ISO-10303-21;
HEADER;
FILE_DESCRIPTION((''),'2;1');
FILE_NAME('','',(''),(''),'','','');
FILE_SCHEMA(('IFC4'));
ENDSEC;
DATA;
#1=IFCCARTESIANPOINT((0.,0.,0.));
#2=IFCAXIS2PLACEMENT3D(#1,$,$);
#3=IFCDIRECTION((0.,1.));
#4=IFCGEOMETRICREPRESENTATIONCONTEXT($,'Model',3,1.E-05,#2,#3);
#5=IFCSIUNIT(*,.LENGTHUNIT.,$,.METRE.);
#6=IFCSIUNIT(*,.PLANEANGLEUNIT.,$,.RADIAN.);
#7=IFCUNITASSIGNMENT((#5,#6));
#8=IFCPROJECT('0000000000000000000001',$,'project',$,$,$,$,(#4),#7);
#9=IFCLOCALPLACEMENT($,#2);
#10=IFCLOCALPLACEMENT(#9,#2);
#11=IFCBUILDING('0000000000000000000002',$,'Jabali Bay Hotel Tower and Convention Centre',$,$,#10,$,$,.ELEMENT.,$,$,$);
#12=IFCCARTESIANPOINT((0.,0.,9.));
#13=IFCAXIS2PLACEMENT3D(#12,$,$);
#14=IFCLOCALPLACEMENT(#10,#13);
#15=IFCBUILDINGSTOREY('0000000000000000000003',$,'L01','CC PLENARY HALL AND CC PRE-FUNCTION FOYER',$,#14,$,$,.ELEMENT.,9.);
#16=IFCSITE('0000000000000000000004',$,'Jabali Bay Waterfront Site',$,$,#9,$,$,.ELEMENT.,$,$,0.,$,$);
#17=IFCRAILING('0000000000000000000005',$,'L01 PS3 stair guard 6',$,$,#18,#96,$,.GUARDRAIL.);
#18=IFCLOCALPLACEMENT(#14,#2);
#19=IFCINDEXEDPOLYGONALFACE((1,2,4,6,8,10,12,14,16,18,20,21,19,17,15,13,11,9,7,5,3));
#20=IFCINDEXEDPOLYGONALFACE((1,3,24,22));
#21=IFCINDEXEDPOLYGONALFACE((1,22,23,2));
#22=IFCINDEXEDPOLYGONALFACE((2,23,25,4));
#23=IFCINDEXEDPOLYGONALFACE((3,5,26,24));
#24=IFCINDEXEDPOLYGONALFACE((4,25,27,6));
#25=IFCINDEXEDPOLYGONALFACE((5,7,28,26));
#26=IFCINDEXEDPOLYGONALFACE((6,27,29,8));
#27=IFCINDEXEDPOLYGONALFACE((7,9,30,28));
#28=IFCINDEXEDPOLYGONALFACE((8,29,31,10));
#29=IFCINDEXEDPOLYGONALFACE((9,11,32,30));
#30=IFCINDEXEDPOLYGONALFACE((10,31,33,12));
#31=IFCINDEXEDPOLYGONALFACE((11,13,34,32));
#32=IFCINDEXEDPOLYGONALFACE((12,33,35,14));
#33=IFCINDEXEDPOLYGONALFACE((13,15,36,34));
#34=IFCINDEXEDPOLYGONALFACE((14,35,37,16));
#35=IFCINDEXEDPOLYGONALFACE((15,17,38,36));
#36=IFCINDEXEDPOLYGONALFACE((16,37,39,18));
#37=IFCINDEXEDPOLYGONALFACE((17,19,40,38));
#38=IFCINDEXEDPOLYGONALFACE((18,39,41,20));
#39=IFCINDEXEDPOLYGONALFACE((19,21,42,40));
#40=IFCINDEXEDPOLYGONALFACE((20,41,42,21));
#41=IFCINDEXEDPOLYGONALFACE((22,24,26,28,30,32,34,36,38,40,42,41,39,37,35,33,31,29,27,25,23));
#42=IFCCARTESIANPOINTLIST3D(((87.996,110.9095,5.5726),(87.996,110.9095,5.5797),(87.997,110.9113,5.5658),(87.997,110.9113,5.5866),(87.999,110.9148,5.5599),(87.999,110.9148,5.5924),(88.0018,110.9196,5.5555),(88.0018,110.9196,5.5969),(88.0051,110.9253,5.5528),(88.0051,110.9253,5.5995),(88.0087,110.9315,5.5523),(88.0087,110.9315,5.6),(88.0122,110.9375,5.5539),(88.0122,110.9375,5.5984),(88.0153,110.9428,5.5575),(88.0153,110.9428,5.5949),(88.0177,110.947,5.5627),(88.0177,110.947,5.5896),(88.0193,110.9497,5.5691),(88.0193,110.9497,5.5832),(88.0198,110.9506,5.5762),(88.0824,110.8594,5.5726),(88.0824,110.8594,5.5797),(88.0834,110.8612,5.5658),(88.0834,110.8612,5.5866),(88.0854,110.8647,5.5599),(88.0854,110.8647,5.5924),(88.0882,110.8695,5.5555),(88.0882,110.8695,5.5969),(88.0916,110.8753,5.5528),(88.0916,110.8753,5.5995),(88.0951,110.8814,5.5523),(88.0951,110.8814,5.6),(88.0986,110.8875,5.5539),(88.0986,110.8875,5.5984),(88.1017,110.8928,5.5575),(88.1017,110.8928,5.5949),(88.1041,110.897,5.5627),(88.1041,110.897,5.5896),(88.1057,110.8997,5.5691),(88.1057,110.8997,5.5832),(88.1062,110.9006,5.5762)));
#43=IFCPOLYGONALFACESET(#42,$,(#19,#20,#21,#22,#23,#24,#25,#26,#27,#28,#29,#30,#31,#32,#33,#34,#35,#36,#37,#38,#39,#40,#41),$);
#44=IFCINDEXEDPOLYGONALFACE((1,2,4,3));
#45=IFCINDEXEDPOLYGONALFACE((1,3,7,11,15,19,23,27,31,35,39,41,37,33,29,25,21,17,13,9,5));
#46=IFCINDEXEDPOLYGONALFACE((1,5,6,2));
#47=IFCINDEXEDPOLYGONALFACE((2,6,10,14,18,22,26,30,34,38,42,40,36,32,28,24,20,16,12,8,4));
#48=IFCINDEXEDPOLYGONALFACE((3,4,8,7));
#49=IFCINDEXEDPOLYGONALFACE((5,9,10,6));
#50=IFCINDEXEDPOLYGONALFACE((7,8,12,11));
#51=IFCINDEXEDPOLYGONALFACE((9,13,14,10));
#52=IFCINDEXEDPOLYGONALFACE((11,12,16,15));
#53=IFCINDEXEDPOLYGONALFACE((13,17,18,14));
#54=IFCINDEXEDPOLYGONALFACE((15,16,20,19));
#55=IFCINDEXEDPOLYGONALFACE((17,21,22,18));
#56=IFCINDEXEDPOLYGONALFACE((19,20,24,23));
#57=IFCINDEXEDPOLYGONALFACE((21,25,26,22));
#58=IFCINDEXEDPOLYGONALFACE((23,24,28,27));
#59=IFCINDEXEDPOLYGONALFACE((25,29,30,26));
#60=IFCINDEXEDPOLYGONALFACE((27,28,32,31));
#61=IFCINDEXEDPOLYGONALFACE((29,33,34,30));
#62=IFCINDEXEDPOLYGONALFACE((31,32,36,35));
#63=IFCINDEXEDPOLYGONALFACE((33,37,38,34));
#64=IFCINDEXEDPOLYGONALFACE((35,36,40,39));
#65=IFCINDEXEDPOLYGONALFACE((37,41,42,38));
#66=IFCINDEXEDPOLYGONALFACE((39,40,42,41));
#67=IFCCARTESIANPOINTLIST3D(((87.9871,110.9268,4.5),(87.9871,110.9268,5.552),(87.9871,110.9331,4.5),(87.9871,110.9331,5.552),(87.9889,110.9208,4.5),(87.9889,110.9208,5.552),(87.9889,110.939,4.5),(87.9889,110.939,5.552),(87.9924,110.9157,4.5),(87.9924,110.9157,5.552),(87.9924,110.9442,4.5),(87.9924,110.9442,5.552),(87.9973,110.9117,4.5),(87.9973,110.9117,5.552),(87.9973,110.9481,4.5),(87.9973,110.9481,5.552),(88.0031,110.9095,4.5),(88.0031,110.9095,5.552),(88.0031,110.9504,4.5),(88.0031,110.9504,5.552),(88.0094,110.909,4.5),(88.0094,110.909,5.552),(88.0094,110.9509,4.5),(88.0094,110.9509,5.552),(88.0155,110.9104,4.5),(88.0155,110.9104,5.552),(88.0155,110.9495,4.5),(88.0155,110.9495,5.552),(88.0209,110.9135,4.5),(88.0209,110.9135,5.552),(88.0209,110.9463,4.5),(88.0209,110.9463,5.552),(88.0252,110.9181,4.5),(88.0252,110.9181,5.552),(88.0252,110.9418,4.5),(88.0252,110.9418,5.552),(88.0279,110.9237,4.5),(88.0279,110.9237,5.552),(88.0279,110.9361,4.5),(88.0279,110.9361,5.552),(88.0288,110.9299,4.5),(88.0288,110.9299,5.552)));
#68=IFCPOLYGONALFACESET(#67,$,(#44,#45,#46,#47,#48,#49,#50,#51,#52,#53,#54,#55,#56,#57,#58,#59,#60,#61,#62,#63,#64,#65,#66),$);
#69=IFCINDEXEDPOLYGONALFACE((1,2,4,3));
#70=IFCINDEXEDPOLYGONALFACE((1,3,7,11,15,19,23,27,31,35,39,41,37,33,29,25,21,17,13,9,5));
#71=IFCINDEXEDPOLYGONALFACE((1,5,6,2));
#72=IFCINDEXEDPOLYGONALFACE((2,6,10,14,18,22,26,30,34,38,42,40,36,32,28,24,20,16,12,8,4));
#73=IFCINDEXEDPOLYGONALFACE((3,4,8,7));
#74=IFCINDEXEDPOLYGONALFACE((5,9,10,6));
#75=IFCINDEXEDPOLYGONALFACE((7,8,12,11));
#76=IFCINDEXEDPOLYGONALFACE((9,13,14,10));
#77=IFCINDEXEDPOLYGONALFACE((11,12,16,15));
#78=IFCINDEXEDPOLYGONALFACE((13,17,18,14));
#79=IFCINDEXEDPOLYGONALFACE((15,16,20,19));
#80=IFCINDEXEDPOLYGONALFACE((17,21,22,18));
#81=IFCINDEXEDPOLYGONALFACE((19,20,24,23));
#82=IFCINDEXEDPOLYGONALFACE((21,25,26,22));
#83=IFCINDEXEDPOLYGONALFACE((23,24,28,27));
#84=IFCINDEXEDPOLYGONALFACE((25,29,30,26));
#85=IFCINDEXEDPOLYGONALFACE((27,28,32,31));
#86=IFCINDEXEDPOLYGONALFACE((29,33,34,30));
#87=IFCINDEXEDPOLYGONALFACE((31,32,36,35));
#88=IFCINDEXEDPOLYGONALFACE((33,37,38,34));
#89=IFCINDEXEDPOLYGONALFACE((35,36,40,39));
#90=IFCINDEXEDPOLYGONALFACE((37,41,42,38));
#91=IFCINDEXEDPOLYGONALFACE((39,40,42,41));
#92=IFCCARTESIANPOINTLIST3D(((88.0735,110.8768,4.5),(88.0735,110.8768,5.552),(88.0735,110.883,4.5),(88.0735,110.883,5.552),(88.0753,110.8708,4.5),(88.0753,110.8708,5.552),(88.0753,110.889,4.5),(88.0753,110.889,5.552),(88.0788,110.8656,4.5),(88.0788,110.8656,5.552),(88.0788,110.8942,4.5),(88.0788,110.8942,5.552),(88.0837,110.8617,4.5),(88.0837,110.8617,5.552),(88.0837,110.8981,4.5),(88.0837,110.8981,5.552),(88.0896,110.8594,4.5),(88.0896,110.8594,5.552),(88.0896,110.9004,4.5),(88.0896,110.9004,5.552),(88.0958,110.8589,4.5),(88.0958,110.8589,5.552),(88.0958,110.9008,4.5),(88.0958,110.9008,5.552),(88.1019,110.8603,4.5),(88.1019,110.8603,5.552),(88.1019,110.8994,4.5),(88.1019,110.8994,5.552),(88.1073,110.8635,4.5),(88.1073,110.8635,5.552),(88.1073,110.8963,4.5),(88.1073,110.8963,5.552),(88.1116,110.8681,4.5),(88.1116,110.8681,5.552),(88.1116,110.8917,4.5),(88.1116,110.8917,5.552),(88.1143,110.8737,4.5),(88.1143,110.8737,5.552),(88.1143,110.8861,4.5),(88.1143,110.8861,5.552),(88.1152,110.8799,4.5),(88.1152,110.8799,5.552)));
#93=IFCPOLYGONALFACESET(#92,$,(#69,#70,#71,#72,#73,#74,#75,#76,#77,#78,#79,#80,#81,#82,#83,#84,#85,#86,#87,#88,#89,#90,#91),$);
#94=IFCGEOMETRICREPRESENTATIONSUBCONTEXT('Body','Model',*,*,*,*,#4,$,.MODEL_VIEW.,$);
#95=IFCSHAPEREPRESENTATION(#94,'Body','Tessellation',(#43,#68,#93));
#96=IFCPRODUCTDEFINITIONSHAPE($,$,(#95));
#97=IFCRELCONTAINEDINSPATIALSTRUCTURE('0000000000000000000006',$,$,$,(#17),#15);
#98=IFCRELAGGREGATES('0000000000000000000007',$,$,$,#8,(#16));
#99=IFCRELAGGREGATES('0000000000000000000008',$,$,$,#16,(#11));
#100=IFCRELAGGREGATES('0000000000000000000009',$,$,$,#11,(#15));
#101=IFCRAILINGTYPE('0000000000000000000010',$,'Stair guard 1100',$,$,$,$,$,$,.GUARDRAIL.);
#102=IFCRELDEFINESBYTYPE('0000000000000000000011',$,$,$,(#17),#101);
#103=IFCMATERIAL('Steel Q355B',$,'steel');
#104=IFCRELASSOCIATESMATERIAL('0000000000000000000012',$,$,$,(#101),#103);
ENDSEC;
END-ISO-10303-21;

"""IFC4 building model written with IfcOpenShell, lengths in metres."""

from ifc_helpers import new_model, si_unit, direction, frame, origin, origin_2d, place, context, subcontext, project, spatial, circle, extrude, material, type_object, element, save


model = new_model("IFC4")

# Units and contexts
model_context = context("Model", 3, precision=1e-05, world=origin(), true_north=direction((0.0, 1.0)))
body_context = subcontext(model_context, "Body", "Model", "MODEL_VIEW")
ifc_project = project(units=[si_unit("LENGTHUNIT", "METRE"), si_unit("PLANEANGLEUNIT", "RADIAN")], contexts=[model_context])

# Site, building, storey
site_placement = place(None, origin())
site = spatial("IfcSite", under=ifc_project, at=site_placement, Name="Jabali Bay Waterfront Site", CompositionType="ELEMENT", RefElevation=0.0)
building_placement = place(site_placement, origin())
building = spatial("IfcBuilding", under=site, at=building_placement, Name="Jabali Bay Hotel Tower and Convention Centre", CompositionType="ELEMENT")
storey_placement = place(building_placement, frame((0.0, 0.0, 9.0)))
storey = spatial("IfcBuildingStorey", under=building, at=storey_placement, Name="L01", Description="CC PLENARY HALL AND CC PRE-FUNCTION FOYER", CompositionType="ELEMENT", Elevation=9.0)

# Railing
ifc_material_1 = material(Name="Steel Q355B", Category="steel")
railing_type_1 = type_object("IfcRailingType", Name="Stair guard 1100", PredefinedType="GUARDRAIL", material=ifc_material_1)
railing_1_placement = place(storey_placement, frame((88.0078, 110.9299, 4.5)))
element("IfcRailing", 1, at=railing_1_placement, inside=storey, type_object=railing_type_1, Name="L01 PS3 stair guard 6", PredefinedType="GUARDRAIL", context=body_context, shape_type="SweptSolid", body=[
    extrude(circle(Radius=0.0239, at=origin_2d()), frame((0.0, 0.0, 1.0762), z_axis=(0.86537, -0.501133, 0.0), x_axis=(0.501133, 0.86537, 0.0)), (0.0, 0.0, 1.0), 0.0999),
    extrude(circle(Radius=0.021, at=origin_2d()), origin(), (0.0, 0.0, 1.0), 1.052),
    extrude(circle(Radius=0.021, at=origin_2d()), frame((0.0864, -0.05, 0.0)), (0.0, 0.0, 1.0), 1.052),
])

save(model, "model.ifc")
